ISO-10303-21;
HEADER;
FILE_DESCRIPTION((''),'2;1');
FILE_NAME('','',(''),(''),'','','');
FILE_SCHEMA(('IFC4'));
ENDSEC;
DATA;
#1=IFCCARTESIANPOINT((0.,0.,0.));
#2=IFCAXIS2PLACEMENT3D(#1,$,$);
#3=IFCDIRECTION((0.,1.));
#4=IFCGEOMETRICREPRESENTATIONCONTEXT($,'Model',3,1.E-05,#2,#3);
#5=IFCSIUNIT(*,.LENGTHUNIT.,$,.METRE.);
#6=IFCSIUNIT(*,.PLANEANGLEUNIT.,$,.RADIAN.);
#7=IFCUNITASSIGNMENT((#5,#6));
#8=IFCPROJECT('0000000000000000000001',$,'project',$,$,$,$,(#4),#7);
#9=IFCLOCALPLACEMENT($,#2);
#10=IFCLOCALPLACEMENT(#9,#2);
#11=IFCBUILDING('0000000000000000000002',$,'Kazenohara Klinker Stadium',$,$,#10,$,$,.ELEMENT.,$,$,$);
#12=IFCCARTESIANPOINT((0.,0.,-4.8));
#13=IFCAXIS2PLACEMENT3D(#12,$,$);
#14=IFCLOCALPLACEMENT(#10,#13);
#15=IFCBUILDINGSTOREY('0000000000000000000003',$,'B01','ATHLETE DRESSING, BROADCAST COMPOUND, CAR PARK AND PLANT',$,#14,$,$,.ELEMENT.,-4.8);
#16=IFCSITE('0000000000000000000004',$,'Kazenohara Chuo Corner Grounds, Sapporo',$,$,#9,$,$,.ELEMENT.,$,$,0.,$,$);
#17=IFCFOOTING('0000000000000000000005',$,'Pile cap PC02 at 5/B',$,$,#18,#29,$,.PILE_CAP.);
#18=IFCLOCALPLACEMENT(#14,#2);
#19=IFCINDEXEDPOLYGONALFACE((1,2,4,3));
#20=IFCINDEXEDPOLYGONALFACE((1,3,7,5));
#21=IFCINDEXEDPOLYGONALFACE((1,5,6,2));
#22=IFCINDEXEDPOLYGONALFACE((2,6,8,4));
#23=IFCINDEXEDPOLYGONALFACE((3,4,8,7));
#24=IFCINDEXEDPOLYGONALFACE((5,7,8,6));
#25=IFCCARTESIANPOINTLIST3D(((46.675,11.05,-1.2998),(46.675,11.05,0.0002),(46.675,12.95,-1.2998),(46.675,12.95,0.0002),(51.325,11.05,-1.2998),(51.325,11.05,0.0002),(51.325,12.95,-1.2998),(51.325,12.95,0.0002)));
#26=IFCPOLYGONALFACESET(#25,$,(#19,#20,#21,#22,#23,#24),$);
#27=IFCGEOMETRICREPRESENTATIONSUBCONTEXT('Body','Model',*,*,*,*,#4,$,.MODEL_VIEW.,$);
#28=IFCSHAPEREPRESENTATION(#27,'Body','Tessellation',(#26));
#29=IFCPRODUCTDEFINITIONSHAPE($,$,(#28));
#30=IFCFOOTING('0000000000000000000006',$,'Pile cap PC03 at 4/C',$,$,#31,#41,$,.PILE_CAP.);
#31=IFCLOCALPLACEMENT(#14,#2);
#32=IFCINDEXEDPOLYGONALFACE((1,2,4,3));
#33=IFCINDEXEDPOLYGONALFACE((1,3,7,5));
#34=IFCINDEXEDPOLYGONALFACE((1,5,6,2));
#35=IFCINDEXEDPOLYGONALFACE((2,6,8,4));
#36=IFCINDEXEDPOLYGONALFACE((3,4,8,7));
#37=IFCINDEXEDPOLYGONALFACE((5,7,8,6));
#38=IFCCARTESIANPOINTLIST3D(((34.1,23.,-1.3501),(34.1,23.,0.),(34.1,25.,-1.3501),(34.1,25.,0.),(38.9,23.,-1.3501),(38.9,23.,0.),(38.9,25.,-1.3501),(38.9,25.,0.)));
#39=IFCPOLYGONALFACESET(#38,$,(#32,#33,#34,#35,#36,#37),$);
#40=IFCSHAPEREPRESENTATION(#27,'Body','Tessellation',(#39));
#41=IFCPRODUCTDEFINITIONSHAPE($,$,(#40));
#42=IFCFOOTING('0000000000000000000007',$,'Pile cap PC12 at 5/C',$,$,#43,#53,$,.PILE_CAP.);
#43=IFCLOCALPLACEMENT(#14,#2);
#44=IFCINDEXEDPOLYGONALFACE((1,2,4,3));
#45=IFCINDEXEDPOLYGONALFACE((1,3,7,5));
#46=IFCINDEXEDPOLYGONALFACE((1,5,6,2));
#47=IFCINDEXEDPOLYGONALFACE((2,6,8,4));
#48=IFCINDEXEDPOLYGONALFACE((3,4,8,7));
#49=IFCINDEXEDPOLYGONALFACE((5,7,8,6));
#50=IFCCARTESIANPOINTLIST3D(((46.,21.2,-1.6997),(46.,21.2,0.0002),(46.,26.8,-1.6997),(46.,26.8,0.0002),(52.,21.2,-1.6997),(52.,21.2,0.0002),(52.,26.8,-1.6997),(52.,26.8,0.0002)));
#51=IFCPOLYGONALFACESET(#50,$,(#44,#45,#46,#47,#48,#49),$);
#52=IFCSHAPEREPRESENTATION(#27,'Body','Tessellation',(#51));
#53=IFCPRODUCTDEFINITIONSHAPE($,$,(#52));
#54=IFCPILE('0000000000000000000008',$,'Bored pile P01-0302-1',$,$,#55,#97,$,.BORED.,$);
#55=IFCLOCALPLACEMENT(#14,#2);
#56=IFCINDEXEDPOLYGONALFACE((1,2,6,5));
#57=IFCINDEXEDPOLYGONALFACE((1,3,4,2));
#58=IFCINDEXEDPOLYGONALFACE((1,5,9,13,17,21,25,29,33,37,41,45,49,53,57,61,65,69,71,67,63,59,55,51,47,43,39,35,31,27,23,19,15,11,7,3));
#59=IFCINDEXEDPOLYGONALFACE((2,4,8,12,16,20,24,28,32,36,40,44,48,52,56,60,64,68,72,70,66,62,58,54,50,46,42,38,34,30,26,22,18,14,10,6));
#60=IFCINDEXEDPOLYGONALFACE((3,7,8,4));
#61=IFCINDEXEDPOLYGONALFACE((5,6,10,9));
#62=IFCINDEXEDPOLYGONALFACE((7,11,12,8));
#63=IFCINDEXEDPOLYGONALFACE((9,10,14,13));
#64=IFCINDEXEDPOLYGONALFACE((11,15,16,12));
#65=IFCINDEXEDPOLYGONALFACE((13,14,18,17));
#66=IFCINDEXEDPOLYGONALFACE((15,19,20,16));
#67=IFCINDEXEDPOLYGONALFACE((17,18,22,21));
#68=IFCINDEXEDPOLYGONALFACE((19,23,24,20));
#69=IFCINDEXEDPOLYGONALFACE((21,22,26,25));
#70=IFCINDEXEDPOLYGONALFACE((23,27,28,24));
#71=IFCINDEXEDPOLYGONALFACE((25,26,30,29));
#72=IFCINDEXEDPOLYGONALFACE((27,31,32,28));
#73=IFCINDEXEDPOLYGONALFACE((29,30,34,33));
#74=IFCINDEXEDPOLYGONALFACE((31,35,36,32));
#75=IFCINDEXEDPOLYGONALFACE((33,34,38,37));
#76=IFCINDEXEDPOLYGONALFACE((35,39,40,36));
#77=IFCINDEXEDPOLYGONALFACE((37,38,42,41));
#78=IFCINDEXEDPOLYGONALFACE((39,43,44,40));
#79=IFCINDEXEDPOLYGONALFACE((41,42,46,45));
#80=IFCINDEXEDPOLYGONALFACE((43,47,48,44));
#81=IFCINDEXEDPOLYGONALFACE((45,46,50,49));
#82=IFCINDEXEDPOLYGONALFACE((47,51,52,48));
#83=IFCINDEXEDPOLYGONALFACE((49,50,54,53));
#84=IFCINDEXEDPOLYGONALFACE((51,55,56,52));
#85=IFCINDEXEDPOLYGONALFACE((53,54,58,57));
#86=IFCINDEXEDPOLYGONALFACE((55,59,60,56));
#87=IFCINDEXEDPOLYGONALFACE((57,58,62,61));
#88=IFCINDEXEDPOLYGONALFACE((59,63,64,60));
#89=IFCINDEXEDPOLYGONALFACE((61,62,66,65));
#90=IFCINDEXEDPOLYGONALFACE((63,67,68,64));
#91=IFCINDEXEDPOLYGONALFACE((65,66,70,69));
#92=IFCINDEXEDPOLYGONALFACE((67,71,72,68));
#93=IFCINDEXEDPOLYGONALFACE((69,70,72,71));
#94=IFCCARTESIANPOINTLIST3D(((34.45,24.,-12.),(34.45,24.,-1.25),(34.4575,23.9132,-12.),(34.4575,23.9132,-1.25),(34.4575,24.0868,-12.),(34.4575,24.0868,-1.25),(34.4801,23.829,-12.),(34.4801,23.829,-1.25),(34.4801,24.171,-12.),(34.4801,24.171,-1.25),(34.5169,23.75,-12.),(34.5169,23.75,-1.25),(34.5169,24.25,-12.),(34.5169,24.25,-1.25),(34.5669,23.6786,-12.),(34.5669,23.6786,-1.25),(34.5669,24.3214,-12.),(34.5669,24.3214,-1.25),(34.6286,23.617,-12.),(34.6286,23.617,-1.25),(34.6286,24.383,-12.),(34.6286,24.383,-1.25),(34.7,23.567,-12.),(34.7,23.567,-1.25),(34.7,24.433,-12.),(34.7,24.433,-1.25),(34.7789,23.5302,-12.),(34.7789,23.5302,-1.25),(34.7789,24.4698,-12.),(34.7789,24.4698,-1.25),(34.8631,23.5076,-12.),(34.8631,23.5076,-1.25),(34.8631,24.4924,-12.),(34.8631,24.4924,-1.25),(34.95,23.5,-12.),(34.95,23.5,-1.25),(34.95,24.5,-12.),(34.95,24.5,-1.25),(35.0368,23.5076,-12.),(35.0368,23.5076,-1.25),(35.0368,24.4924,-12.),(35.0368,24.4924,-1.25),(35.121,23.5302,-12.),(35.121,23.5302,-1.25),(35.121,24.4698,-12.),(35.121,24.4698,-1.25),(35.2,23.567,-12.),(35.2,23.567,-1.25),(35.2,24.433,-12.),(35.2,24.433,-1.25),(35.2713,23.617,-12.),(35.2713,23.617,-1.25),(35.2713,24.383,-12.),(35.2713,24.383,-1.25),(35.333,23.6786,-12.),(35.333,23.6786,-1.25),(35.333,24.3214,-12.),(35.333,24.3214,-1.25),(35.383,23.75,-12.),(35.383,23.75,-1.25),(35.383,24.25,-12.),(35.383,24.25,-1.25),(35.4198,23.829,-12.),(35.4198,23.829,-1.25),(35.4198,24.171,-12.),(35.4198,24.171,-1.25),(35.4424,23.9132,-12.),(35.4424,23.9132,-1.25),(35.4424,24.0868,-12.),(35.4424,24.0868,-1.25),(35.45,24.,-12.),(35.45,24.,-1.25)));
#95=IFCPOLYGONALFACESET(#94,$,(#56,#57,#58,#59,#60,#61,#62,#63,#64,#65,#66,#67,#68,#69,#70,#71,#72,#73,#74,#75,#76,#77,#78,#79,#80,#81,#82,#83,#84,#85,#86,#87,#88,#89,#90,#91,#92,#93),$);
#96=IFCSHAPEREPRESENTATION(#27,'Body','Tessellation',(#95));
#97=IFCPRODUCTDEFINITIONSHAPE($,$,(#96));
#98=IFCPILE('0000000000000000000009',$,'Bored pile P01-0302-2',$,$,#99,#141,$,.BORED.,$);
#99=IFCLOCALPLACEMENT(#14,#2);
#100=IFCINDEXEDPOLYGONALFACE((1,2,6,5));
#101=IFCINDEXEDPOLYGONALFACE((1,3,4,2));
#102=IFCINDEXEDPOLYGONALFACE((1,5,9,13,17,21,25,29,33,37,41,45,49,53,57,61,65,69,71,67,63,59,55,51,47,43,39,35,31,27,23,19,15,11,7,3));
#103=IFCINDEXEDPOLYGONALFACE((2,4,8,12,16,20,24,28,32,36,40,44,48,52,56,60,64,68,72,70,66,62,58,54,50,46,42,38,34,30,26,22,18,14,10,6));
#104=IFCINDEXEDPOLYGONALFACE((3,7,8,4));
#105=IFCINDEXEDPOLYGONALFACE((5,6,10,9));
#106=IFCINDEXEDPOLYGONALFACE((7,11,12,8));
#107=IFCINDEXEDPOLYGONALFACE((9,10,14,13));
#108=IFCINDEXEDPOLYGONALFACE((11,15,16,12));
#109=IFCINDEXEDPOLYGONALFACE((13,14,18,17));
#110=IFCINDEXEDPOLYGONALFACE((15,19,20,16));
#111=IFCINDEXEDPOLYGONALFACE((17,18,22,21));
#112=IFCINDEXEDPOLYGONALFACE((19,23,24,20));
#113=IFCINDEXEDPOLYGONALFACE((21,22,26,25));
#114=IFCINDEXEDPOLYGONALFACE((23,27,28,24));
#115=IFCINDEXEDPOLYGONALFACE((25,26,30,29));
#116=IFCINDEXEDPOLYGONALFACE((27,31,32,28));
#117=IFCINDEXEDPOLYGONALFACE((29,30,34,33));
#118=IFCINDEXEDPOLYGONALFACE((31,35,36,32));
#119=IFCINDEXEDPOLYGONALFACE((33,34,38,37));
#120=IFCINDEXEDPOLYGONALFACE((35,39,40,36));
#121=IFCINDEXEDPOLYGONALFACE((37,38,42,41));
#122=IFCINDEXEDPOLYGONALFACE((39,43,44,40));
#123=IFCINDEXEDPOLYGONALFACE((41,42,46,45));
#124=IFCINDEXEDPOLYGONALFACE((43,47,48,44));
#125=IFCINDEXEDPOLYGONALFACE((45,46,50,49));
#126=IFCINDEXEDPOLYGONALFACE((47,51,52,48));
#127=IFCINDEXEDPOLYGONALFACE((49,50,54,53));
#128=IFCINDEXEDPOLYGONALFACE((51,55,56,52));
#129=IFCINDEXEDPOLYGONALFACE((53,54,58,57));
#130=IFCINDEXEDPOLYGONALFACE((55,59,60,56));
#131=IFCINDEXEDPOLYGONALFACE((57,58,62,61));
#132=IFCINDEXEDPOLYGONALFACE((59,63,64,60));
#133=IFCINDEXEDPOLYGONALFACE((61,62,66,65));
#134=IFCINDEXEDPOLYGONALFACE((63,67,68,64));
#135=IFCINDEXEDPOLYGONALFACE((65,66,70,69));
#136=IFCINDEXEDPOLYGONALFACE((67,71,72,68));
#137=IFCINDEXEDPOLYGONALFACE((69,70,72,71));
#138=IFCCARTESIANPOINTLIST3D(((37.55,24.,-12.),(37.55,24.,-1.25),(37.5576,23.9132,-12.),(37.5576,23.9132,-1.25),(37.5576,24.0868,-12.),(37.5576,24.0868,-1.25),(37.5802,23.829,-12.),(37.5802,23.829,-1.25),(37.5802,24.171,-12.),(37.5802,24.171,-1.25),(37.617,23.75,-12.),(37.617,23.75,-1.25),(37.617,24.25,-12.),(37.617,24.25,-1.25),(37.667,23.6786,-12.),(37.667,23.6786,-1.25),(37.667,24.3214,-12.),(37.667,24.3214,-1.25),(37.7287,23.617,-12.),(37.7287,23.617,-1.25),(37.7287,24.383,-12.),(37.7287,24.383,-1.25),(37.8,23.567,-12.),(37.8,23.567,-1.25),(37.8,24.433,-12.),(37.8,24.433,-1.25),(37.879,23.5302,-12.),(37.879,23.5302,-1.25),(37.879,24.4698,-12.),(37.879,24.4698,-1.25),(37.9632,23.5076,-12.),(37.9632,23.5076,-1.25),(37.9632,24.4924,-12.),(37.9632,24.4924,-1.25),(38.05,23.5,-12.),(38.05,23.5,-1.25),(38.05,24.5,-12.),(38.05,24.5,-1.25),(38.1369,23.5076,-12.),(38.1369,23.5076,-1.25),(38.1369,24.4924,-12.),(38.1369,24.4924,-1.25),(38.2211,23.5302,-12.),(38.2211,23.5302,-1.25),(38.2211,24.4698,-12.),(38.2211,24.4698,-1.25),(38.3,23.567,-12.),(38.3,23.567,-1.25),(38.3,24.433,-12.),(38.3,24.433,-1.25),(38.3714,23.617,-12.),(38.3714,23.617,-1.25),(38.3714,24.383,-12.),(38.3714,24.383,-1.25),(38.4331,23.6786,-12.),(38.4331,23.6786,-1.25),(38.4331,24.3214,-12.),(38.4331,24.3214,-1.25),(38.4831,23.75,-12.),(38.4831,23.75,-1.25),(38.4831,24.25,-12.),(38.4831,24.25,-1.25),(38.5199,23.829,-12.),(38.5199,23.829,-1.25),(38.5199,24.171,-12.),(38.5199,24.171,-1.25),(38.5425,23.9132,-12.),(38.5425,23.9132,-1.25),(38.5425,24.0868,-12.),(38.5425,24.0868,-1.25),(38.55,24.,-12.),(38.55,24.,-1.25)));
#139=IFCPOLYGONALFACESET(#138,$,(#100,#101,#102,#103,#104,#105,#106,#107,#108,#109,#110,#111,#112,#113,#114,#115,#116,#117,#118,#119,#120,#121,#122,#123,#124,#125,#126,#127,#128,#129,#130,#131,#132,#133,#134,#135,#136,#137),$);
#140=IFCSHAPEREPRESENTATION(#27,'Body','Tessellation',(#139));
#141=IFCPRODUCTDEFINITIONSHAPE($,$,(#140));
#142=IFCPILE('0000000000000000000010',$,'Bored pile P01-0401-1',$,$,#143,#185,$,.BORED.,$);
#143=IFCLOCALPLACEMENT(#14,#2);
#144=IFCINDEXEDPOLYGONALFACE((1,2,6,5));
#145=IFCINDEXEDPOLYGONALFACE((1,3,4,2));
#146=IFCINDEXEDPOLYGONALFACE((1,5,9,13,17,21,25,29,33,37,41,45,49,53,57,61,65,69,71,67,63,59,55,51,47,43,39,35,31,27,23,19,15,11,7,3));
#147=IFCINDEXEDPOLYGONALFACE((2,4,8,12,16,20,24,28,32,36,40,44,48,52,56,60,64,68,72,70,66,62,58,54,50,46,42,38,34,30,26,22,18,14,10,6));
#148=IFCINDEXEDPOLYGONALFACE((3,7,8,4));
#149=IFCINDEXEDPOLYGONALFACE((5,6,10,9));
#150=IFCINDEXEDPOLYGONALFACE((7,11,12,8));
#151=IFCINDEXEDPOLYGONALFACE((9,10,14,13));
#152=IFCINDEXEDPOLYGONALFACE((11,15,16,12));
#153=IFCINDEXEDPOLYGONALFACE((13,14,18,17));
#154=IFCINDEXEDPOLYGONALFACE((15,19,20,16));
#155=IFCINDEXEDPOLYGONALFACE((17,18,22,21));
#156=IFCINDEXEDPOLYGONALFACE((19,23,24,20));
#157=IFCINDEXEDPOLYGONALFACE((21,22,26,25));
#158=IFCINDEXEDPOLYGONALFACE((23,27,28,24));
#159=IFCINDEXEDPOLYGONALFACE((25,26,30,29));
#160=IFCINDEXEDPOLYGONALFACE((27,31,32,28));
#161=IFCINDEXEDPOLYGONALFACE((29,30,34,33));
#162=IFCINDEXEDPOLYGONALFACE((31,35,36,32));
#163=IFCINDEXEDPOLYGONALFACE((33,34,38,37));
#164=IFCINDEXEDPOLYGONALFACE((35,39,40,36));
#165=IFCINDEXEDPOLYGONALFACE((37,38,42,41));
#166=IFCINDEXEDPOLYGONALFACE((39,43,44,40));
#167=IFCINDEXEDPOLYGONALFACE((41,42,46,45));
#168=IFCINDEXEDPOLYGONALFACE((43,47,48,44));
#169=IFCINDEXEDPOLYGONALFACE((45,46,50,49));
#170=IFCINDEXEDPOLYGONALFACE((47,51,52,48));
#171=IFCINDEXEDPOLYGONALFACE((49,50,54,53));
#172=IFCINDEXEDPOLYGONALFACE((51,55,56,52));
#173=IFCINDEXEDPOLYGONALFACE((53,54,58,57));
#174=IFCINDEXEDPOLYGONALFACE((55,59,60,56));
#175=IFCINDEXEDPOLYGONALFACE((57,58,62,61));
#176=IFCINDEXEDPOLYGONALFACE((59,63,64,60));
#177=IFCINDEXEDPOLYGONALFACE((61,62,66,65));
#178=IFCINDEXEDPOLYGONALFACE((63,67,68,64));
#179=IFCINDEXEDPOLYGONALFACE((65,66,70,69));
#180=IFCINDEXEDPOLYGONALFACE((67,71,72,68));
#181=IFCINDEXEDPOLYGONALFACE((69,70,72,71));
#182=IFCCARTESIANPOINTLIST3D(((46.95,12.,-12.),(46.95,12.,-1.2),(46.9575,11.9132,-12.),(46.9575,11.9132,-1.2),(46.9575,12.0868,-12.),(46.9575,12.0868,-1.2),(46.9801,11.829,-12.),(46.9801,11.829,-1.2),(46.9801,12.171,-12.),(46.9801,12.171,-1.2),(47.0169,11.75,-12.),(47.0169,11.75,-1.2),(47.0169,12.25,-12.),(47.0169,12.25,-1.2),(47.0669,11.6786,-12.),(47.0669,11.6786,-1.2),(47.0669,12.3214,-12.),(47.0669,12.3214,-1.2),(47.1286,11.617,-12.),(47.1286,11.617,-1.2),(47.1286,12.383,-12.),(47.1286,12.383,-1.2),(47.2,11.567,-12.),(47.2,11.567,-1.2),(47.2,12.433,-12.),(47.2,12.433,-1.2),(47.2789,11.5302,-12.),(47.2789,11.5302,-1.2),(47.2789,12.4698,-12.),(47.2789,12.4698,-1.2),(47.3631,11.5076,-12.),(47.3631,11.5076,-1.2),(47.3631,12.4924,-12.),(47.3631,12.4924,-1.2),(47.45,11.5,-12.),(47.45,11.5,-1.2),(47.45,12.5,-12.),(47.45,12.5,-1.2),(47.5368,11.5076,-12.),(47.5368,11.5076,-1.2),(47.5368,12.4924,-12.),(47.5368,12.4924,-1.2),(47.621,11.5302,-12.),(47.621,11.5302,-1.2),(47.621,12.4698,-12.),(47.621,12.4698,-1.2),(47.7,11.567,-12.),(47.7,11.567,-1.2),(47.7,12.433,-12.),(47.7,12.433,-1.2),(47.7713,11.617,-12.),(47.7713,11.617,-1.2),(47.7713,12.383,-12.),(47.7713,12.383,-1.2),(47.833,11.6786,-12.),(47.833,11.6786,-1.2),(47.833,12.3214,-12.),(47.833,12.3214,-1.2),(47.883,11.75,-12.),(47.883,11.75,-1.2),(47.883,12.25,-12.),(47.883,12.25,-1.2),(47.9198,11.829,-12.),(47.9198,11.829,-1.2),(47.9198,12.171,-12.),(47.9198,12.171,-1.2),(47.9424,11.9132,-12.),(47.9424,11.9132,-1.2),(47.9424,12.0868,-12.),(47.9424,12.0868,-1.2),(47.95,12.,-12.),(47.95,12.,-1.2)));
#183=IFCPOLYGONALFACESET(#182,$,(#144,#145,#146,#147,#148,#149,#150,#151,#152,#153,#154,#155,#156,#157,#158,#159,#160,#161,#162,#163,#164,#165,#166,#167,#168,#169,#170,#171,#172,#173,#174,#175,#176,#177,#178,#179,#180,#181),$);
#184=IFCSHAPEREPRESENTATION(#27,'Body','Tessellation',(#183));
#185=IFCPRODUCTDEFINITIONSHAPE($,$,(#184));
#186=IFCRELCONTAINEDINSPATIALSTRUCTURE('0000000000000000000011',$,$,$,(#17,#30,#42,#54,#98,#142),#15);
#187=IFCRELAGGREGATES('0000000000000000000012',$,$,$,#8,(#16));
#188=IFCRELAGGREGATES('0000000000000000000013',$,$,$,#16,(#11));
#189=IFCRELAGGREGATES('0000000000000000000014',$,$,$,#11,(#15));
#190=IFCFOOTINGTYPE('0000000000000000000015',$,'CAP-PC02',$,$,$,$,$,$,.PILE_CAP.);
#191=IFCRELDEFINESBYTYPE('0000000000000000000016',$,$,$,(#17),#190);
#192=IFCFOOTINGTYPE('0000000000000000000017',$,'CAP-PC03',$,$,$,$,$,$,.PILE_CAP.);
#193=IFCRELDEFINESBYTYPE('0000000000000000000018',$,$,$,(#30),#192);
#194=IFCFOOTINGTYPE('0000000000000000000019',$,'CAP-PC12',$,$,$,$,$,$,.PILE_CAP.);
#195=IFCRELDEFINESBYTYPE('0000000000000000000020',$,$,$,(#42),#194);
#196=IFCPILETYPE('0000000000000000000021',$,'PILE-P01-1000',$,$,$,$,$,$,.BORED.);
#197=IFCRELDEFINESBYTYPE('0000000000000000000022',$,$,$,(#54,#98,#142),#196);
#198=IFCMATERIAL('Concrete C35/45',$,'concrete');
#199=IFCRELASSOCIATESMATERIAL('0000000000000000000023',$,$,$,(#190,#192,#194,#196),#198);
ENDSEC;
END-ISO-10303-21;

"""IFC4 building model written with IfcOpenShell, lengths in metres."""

from ifc_helpers import new_model, si_unit, direction, frame, origin, origin_2d, place, context, subcontext, project, spatial, rectangle, circle, extrude, material, material_profile, profile_set, type_object, element, save


model = new_model("IFC4")

# Units and contexts
model_context = context("Model", 3, precision=1e-05, world=origin(), true_north=direction((0.0, 1.0)))
body_context = subcontext(model_context, "Body", "Model", "MODEL_VIEW")
ifc_project = project(units=[si_unit("LENGTHUNIT", "METRE"), si_unit("PLANEANGLEUNIT", "RADIAN")], contexts=[model_context])

# Site, building, storey
site_placement = place(None, origin())
site = spatial("IfcSite", under=ifc_project, at=site_placement, Name="Kazenohara Chuo Corner Grounds, Sapporo", CompositionType="ELEMENT", RefElevation=0.0)
building_placement = place(site_placement, origin())
building = spatial("IfcBuilding", under=site, at=building_placement, Name="Kazenohara Klinker Stadium", CompositionType="ELEMENT")
storey_placement = place(building_placement, frame((0.0, 0.0, -4.8)))
storey = spatial("IfcBuildingStorey", under=building, at=storey_placement, Name="B01", Description="ATHLETE DRESSING, BROADCAST COMPOUND, CAR PARK AND PLANT", CompositionType="ELEMENT", Elevation=-4.8)

# Footings
ifc_material_1 = material(Name="Concrete C35/45", Category="concrete")
footing_type_1 = type_object("IfcFootingType", Name="CAP-PC02", PredefinedType="PILE_CAP", material=ifc_material_1)
footing_1_placement = place(storey_placement, frame((49.0, 12.0, -1.2998), z_axis=(0.0, 0.0, 1.0), x_axis=(1.0, 0.0, 0.0)))
element("IfcFooting", 1, at=footing_1_placement, inside=storey, type_object=footing_type_1, Name="Pile cap PC02 at 5/B", PredefinedType="PILE_CAP", context=body_context, shape_type="SweptSolid", body=[
    extrude(rectangle(XDim=4.6499, YDim=1.8999, at=origin_2d()), origin(), (0.0, 0.0, 1.0), 1.3),
])
footing_type_2 = type_object("IfcFootingType", Name="CAP-PC03", PredefinedType="PILE_CAP", material=ifc_material_1)
footing_2_placement = place(storey_placement, frame((36.5, 24.0, -1.3501), z_axis=(0.0, 0.0, 1.0), x_axis=(1.0, 0.0, 0.0)))
element("IfcFooting", 2, at=footing_2_placement, inside=storey, type_object=footing_type_2, Name="Pile cap PC03 at 4/C", PredefinedType="PILE_CAP", context=body_context, shape_type="SweptSolid", body=[
    extrude(rectangle(XDim=4.8, YDim=2.0, at=origin_2d()), origin(), (0.0, 0.0, 1.0), 1.3501),
])
footing_type_3 = type_object("IfcFootingType", Name="CAP-PC12", PredefinedType="PILE_CAP", material=ifc_material_1)
footing_3_placement = place(storey_placement, frame((49.0, 24.0, -1.6997), z_axis=(0.0, 0.0, 1.0), x_axis=(1.0, 0.0, 0.0)))
element("IfcFooting", 3, at=footing_3_placement, inside=storey, type_object=footing_type_3, Name="Pile cap PC12 at 5/C", PredefinedType="PILE_CAP", context=body_context, shape_type="SweptSolid", body=[
    extrude(rectangle(XDim=6.0, YDim=5.6001, at=origin_2d()), origin(), (0.0, 0.0, 1.0), 1.7),
])

# Piles
ifc_material_profile_1 = material_profile(ifc_material_1, circle(Radius=0.5, at=origin_2d()), Name="BORED-PILE-1000")
ifc_profile_set_1 = profile_set([ifc_material_profile_1], Name="Concrete C35/45")
pile_type_1 = type_object("IfcPileType", Name="PILE-P01-1000", PredefinedType="BORED", material=ifc_profile_set_1)
for number, where, z_axis, x_axis, name in (
    (4, (34.95, 24.0, -1.25), (0.0, 0.0, -1.0), (1.0, 0.0, 0.0), "Bored pile P01-0302-1"),
    (5, (38.05, 24.0, -1.25), (0.0, 0.0, -1.0), (1.0, 0.0, 0.0), "Bored pile P01-0302-2"),
):
    element("IfcPile", number, at=place(storey_placement, frame(where, z_axis=z_axis, x_axis=x_axis)), inside=storey, type_object=pile_type_1, Name=name, PredefinedType="BORED", context=body_context, shape_type="SweptSolid", body=[
        extrude(circle(Radius=0.5, at=origin_2d()), origin(), (0.0, 0.0, 1.0), 10.75),
    ])
for number, where, z_axis, x_axis, name in (
    (6, (47.45, 12.0, -1.2), (0.0, 0.0, -1.0), (1.0, 0.0, 0.0), "Bored pile P01-0401-1"),
):
    element("IfcPile", number, at=place(storey_placement, frame(where, z_axis=z_axis, x_axis=x_axis)), inside=storey, type_object=pile_type_1, Name=name, PredefinedType="BORED", context=body_context, shape_type="SweptSolid", body=[
        extrude(circle(Radius=0.5, at=origin_2d()), origin(), (0.0, 0.0, 1.0), 10.8),
    ])

save(model, "model.ifc")
